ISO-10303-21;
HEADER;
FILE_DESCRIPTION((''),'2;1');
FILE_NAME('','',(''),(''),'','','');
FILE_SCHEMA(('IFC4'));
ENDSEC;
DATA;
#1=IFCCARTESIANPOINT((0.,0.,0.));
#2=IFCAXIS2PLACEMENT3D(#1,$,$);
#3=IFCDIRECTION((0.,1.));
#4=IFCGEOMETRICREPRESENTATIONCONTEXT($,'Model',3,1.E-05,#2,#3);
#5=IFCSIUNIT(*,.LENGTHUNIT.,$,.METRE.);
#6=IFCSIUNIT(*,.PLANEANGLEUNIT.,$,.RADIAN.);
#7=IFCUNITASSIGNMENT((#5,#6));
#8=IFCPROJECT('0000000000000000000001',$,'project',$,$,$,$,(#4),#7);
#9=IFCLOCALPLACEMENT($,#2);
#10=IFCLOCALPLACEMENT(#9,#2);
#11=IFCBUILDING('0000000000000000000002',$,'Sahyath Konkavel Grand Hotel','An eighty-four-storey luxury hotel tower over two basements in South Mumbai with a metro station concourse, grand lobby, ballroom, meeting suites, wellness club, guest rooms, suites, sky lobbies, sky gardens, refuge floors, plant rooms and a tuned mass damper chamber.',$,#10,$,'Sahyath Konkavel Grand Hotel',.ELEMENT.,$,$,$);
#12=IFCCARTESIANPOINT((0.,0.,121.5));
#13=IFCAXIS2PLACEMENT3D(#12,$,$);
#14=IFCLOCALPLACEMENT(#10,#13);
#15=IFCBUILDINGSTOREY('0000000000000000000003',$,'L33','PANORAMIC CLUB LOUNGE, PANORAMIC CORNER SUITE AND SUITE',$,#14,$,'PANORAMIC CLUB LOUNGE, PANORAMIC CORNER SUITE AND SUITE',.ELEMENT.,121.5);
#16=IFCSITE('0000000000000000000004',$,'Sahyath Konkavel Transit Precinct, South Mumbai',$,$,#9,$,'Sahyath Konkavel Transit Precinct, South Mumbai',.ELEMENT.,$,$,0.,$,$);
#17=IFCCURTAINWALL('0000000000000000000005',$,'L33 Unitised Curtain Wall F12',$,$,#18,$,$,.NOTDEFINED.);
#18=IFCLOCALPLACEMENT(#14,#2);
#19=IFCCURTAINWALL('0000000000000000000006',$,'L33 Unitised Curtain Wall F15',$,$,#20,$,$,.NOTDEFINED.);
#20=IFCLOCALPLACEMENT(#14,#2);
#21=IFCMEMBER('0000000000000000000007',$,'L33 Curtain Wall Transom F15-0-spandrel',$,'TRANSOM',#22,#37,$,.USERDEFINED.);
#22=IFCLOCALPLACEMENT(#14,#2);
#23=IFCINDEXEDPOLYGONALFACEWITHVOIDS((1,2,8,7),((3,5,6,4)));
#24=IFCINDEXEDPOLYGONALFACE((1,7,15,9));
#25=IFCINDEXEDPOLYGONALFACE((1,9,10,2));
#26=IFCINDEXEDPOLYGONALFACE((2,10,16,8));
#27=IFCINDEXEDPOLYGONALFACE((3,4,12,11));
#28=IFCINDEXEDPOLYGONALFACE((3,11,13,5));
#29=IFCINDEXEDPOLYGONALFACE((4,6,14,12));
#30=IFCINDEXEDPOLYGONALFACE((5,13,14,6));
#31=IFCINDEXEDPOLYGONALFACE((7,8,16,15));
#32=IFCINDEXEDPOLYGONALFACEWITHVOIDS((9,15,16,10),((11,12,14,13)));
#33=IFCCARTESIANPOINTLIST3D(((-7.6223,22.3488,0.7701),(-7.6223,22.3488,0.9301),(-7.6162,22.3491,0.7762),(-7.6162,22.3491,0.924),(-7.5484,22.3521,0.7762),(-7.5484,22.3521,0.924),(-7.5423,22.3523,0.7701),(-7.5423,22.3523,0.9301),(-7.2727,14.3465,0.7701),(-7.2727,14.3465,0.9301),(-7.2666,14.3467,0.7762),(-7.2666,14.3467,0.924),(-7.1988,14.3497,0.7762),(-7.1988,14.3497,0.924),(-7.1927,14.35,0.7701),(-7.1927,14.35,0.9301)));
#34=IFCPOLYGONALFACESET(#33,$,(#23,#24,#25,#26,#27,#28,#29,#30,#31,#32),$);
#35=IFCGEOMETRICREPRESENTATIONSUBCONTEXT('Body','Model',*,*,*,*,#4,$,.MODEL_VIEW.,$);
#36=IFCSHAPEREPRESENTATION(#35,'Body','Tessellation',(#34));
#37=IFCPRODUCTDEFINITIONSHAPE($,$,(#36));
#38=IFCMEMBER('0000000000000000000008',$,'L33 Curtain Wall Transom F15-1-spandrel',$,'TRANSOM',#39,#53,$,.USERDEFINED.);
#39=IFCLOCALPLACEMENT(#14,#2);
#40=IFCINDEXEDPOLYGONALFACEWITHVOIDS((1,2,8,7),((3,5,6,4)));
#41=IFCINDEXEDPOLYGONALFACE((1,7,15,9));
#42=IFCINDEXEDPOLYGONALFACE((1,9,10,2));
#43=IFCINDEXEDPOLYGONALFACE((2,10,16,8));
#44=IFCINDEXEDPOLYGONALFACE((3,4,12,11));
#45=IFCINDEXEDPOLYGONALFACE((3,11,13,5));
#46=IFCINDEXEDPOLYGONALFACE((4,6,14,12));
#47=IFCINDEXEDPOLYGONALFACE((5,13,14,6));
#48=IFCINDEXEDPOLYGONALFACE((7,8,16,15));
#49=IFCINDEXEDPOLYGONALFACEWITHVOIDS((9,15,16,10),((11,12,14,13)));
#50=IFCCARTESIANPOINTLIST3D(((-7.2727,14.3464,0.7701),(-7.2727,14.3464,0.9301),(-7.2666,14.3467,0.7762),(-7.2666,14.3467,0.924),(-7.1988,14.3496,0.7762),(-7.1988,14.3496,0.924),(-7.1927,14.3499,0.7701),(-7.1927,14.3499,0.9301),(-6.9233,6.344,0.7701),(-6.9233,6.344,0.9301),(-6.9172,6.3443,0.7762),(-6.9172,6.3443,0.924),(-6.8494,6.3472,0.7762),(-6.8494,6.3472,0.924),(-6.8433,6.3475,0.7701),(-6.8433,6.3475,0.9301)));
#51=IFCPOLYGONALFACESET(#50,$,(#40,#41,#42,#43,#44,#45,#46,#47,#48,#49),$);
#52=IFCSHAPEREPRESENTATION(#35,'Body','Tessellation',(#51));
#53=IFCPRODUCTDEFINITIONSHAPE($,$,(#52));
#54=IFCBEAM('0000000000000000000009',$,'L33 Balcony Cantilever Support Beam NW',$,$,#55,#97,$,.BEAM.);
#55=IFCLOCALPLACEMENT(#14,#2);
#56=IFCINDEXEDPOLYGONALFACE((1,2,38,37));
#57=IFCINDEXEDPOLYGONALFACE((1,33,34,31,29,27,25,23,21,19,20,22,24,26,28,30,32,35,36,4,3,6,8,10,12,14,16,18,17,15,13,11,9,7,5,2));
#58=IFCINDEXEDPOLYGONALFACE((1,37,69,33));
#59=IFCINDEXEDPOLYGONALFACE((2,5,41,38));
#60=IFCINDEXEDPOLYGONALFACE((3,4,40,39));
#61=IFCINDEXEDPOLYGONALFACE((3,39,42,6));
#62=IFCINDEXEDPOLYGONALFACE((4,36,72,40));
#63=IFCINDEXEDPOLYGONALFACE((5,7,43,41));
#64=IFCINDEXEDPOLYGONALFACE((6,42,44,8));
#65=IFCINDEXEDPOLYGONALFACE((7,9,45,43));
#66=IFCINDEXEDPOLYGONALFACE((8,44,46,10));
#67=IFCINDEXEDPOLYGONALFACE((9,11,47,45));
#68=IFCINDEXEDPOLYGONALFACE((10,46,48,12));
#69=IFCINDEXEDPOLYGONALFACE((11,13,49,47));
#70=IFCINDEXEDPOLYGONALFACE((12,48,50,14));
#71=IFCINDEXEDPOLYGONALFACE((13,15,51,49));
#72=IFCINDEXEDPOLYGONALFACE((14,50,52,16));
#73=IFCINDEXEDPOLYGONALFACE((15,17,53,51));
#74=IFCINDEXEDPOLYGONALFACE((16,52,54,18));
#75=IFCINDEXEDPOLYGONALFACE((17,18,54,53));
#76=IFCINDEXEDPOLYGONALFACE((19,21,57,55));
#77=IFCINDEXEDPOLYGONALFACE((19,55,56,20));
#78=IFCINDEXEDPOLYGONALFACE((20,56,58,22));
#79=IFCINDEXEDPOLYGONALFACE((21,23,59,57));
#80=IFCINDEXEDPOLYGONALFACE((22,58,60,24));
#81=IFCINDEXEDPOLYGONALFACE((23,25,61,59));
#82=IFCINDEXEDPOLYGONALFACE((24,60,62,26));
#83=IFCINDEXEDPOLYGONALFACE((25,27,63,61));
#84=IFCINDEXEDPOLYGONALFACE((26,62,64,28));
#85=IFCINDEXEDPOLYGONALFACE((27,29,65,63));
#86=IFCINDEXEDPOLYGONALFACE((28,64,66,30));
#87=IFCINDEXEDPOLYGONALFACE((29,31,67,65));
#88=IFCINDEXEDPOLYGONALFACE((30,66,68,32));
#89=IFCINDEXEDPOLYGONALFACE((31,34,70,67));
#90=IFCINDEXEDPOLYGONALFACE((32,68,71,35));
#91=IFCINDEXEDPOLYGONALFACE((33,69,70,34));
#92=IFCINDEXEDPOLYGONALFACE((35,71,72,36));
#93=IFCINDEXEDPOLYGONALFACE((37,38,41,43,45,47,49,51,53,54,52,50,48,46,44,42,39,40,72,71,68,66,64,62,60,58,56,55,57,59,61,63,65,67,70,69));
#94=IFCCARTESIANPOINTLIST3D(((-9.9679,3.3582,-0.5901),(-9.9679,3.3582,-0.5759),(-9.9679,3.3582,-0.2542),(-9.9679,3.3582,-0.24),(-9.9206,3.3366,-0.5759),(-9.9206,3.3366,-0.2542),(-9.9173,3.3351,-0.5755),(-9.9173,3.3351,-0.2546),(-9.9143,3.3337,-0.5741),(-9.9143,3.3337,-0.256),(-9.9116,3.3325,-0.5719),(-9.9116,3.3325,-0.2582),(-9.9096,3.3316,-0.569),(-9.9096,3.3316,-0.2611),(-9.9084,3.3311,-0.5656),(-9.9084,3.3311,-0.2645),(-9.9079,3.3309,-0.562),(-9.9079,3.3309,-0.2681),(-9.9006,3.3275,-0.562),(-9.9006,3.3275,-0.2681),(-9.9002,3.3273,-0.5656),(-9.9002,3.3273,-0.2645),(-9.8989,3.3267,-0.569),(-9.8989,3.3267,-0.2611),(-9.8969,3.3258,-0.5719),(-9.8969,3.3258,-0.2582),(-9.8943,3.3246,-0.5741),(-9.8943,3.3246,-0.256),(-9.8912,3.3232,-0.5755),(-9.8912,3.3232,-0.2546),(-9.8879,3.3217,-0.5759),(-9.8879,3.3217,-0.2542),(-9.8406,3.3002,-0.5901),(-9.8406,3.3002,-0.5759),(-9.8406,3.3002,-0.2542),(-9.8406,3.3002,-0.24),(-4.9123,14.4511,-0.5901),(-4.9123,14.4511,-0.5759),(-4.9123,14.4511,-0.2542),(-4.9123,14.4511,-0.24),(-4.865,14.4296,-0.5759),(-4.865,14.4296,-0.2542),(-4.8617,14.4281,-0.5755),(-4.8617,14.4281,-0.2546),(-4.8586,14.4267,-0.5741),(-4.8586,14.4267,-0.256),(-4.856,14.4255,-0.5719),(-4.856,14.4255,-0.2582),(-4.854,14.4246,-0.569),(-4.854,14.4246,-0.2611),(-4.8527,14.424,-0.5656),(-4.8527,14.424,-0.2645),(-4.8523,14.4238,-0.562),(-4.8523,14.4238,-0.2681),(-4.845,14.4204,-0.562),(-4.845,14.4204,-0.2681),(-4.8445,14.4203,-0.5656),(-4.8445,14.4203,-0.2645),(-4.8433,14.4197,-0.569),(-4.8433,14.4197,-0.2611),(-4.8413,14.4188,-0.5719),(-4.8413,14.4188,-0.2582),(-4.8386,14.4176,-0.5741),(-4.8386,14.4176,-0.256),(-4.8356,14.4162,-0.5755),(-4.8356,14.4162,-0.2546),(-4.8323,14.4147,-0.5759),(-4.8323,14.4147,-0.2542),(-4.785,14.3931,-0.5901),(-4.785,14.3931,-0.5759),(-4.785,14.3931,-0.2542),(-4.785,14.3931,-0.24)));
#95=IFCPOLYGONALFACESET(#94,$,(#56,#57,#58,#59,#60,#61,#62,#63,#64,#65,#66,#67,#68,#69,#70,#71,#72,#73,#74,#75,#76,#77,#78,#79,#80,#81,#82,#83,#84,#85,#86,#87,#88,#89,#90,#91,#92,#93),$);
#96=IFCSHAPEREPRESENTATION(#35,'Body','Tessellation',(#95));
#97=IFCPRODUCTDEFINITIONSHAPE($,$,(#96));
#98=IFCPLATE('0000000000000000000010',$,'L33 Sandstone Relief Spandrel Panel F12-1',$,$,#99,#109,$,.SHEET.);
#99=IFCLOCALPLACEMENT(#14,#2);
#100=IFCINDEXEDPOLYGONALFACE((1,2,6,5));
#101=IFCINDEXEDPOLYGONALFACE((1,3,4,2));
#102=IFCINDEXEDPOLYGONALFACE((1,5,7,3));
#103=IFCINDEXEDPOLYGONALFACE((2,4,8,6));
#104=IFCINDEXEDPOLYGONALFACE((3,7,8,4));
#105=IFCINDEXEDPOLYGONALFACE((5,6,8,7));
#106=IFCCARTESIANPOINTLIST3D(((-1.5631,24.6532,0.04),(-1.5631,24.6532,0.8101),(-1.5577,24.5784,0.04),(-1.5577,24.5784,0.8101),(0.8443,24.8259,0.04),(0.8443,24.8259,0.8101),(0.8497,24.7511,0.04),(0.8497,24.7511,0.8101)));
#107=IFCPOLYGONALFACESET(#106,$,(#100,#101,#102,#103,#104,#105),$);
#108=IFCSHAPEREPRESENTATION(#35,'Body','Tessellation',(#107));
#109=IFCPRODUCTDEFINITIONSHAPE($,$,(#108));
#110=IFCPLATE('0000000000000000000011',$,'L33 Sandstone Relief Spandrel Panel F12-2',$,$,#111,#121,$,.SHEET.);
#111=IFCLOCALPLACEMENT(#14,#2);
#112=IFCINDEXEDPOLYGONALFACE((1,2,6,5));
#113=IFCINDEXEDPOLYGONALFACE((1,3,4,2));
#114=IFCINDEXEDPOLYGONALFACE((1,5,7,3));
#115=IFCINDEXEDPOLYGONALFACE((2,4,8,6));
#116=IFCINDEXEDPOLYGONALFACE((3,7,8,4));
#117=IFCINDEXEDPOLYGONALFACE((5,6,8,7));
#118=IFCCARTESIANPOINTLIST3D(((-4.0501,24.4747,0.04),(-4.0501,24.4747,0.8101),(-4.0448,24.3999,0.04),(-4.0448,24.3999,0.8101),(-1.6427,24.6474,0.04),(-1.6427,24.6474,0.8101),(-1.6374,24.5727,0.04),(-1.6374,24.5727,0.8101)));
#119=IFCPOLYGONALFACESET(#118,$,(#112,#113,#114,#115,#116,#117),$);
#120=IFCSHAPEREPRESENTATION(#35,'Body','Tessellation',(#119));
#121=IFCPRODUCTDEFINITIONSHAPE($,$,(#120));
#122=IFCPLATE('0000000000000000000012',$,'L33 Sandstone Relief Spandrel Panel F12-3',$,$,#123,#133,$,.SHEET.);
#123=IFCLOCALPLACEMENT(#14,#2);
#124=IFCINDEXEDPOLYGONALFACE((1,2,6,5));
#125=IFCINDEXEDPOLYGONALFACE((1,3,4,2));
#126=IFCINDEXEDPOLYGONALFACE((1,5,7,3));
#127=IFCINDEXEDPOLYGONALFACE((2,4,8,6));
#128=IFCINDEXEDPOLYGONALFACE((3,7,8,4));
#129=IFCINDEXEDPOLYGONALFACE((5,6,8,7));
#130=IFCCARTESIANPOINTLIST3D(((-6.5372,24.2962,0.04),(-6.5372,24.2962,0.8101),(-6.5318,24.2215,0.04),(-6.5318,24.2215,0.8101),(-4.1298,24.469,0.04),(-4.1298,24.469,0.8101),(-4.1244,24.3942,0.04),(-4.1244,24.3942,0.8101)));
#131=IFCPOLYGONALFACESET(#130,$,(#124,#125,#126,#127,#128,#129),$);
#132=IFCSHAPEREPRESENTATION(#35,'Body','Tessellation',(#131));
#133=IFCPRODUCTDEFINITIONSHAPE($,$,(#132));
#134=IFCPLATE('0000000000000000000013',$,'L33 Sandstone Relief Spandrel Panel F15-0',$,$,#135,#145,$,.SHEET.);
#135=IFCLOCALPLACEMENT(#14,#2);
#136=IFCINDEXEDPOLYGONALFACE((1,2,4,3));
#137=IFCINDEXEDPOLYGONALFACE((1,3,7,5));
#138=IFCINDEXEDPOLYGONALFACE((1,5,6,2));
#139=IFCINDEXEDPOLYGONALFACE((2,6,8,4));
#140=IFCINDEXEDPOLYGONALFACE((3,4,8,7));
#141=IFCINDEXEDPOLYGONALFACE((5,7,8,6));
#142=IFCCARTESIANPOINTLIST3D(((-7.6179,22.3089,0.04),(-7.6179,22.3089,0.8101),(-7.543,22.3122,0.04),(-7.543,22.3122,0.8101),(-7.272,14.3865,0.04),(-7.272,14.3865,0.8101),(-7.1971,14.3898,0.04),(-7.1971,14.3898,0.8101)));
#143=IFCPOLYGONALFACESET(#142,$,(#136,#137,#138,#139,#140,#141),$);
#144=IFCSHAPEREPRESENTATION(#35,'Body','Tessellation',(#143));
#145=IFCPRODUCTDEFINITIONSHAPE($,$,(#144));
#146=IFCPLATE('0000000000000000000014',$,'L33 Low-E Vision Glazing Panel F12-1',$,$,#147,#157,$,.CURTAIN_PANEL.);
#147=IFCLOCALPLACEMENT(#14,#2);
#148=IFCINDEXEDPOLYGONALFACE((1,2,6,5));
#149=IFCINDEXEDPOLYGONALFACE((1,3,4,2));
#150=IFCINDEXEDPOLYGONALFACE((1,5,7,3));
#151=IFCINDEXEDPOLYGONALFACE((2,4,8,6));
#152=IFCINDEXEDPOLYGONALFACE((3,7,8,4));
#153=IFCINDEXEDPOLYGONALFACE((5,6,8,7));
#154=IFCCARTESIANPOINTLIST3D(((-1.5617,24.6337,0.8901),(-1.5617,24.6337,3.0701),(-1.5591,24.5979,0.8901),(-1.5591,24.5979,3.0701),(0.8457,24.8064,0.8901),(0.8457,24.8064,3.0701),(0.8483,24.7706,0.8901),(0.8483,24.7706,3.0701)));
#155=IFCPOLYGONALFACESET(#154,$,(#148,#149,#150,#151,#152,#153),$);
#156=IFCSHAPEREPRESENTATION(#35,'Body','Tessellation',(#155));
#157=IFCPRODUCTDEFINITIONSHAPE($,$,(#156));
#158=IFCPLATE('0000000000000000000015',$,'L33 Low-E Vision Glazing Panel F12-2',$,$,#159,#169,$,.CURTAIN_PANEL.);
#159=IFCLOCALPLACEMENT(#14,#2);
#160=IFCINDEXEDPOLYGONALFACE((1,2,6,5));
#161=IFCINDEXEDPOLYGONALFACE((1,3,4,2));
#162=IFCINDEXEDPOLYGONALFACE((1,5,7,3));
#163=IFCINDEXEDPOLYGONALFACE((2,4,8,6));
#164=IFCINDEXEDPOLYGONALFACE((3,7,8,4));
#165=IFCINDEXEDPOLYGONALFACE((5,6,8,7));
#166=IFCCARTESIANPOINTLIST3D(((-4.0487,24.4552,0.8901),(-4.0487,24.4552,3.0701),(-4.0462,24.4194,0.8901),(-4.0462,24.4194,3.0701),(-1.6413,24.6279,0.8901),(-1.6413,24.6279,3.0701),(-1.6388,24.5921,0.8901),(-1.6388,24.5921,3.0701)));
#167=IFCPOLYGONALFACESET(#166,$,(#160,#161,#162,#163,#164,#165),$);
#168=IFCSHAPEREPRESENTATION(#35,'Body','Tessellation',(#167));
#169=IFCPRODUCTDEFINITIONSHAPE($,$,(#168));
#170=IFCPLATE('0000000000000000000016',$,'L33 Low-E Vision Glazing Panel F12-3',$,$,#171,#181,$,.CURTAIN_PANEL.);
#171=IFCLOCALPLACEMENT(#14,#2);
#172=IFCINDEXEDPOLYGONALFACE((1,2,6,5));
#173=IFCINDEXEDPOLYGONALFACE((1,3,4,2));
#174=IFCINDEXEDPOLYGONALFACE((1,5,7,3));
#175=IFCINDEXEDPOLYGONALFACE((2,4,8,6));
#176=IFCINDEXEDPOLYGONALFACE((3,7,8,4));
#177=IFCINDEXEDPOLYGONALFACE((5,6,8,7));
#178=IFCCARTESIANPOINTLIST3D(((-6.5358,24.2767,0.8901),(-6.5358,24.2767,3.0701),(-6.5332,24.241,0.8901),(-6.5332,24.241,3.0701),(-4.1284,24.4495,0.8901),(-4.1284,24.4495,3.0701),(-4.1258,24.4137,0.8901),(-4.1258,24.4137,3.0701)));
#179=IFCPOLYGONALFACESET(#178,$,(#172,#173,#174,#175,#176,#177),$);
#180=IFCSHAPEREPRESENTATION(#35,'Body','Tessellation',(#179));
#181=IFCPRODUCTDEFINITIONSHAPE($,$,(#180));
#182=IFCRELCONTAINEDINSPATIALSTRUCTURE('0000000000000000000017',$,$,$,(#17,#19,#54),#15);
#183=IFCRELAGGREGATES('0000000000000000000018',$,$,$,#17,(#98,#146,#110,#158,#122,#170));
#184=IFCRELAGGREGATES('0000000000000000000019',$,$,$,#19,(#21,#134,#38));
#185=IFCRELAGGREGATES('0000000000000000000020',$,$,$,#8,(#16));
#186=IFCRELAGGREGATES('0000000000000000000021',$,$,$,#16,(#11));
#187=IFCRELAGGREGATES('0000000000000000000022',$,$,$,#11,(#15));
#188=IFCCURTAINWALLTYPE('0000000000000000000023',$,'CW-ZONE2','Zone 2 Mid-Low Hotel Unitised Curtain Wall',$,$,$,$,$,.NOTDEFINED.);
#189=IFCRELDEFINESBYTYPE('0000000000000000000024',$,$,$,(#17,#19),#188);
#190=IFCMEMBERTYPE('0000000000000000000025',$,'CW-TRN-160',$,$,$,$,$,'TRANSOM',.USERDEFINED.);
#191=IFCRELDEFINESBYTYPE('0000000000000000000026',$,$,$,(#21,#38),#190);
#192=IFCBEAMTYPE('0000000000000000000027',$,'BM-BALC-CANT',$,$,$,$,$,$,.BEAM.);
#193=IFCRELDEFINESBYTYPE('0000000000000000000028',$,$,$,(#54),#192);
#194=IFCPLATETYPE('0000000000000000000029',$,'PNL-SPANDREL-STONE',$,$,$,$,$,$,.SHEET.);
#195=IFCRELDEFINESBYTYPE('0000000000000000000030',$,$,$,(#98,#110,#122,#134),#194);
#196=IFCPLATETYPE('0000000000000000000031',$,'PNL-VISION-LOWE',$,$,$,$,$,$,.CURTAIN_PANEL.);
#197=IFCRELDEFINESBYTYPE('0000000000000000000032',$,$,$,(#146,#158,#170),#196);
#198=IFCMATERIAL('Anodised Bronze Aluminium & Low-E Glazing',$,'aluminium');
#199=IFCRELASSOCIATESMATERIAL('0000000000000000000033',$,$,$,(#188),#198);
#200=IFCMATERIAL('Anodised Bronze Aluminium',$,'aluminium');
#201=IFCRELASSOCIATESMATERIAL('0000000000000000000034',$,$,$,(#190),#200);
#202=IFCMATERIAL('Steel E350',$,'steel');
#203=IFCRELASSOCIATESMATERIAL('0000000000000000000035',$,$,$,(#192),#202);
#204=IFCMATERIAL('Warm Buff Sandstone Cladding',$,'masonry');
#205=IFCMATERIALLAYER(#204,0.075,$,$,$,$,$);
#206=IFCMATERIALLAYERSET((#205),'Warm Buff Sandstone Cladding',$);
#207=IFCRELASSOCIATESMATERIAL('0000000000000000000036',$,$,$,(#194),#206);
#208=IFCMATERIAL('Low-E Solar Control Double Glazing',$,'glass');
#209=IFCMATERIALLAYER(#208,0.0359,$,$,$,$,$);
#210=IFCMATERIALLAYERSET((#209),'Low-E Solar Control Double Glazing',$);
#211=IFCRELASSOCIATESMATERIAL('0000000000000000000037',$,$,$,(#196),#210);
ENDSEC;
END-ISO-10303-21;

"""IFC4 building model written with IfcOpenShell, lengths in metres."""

from ifc_helpers import new_model, si_unit, direction, frame, origin, origin_2d, place, context, subcontext, project, spatial, rectangle, hollow_rectangle, i_section, extrude, source, transform, mapped, material, layer, layer_set, material_profile, profile_set, type_object, element, aggregate, save


model = new_model("IFC4")

# Units and contexts
model_context = context("Model", 3, precision=1e-05, world=origin(), true_north=direction((0.0, 1.0)))
body_context = subcontext(model_context, "Body", "Model", "MODEL_VIEW")
ifc_project = project(units=[si_unit("LENGTHUNIT", "METRE"), si_unit("PLANEANGLEUNIT", "RADIAN")], contexts=[model_context])

# Site, building, storey
site_placement = place(None, origin())
site = spatial("IfcSite", under=ifc_project, at=site_placement, Name="Sahyath Konkavel Transit Precinct, South Mumbai", LongName="Sahyath Konkavel Transit Precinct, South Mumbai", CompositionType="ELEMENT", RefElevation=0.0)
building_placement = place(site_placement, origin())
building = spatial("IfcBuilding", under=site, at=building_placement, Name="Sahyath Konkavel Grand Hotel", Description="An eighty-four-storey luxury hotel tower over two basements in South Mumbai with a metro station concourse, grand lobby, ballroom, meeting suites, wellness club, guest rooms, suites, sky lobbies, sky gardens, refuge floors, plant rooms and a tuned mass damper chamber.", LongName="Sahyath Konkavel Grand Hotel", CompositionType="ELEMENT")
storey_placement = place(building_placement, frame((0.0, 0.0, 121.5)))
storey = spatial("IfcBuildingStorey", under=building, at=storey_placement, Name="L33", Description="PANORAMIC CLUB LOUNGE, PANORAMIC CORNER SUITE AND SUITE", LongName="PANORAMIC CLUB LOUNGE, PANORAMIC CORNER SUITE AND SUITE", CompositionType="ELEMENT", Elevation=121.5)

# Shared definitions
ifc_material_1 = material(Name="Steel E350", Category="steel")

# Curtain wall
ifc_material_2 = material(Name="Anodised Bronze Aluminium & Low-E Glazing", Category="aluminium")
curtain_wall_type = type_object("IfcCurtainWallType", Name="CW-ZONE2", Description="Zone 2 Mid-Low Hotel Unitised Curtain Wall", PredefinedType="NOTDEFINED", material=ifc_material_2)
curtain_wall_1_placement = place(storey_placement, origin())
curtain_wall_1 = element("IfcCurtainWall", 1, at=curtain_wall_1_placement, inside=storey, type_object=curtain_wall_type, Name="L33 Unitised Curtain Wall F12", PredefinedType="NOTDEFINED")
ifc_material_3 = material(Name="Anodised Bronze Aluminium", Category="aluminium")

# Curtain wall
curtain_wall_2_placement = place(storey_placement, origin())
curtain_wall_2 = element("IfcCurtainWall", 2, at=curtain_wall_2_placement, inside=storey, type_object=curtain_wall_type, Name="L33 Unitised Curtain Wall F15", PredefinedType="NOTDEFINED")

# Members
ifc_material_profile_1 = material_profile(ifc_material_3, hollow_rectangle(XDim=0.0801, YDim=0.1599, WallThickness=0.0061, at=origin_2d()), Name="RHS 160x80x6")
ifc_profile_set_1 = profile_set([ifc_material_profile_1], Name="Anodised Bronze Aluminium")
member_type_1 = type_object("IfcMemberType", Name="CW-TRN-160", ElementType="TRANSOM", PredefinedType="USERDEFINED", material=ifc_profile_set_1)
shared_shape_1 = source(origin(), body_context, "Body", "SweptSolid", [
    extrude(hollow_rectangle(XDim=0.0801, YDim=0.1599, WallThickness=0.0061, at=origin_2d()), origin(), (0.0, 0.0, 1.0), 8.01),
])
member_1_placement = place(storey_placement, frame((-7.5823, 22.3506, 0.8501), z_axis=(0.043646, -0.999047, 0.0), x_axis=(0.999047, 0.043646, 0.0)))
member_1 = element("IfcMember", 3, at=member_1_placement, type_object=member_type_1, Name="L33 Curtain Wall Transom F15-0-spandrel", ObjectType="TRANSOM", PredefinedType="USERDEFINED", context=body_context, shape_type="MappedRepresentation", body=[
    mapped(shared_shape_1, transform((0.0, 0.0, 0.0), scale=1.0)),
])
member_2_placement = place(storey_placement, frame((-7.2327, 14.3481, 0.8501), z_axis=(0.043616, -0.999048, 0.0), x_axis=(0.999048, 0.043616, 0.0)))
member_2 = element("IfcMember", 4, at=member_2_placement, type_object=member_type_1, Name="L33 Curtain Wall Transom F15-1-spandrel", ObjectType="TRANSOM", PredefinedType="USERDEFINED", context=body_context, shape_type="MappedRepresentation", body=[
    mapped(shared_shape_1, transform((0.0, 0.0, 0.0), scale=1.0)),
])

# Beam
ifc_material_profile_2 = material_profile(ifc_material_1, i_section(OverallWidth=0.1399, OverallDepth=0.3501, WebThickness=0.0081, FlangeThickness=0.0142, FilletRadius=0.0139, at=origin_2d()), Name="ISMB 350")
ifc_profile_set_2 = profile_set([ifc_material_profile_2], Name="Steel E350")
beam_type_1 = type_object("IfcBeamType", Name="BM-BALC-CANT", PredefinedType="BEAM", material=ifc_profile_set_2)
shared_shape_2 = source(origin(), body_context, "Body", "SweptSolid", [
    extrude(i_section(OverallWidth=0.1399, OverallDepth=0.3501, WebThickness=0.0081, FlangeThickness=0.0142, FilletRadius=0.0139, at=origin_2d()), origin(), (0.0, 0.0, 1.0), 12.1907),
])
beam_1_placement = place(storey_placement, frame((-4.8486, 14.4221, -0.415), z_axis=(-0.414713, -0.909952, 0.0), x_axis=(0.909952, -0.414713, 0.0)))
element("IfcBeam", 5, at=beam_1_placement, inside=storey, type_object=beam_type_1, Name="L33 Balcony Cantilever Support Beam NW", PredefinedType="BEAM", context=body_context, shape_type="MappedRepresentation", body=[
    mapped(shared_shape_2, transform((0.0, 0.0, 0.0), scale=1.0)),
])

# Plates
ifc_material_4 = material(Name="Warm Buff Sandstone Cladding", Category="masonry")
ifc_layer_1 = layer(ifc_material_4, 0.075)
ifc_layer_set_1 = layer_set([ifc_layer_1], Name="Warm Buff Sandstone Cladding")
plate_type_1 = type_object("IfcPlateType", Name="PNL-SPANDREL-STONE", PredefinedType="SHEET", material=ifc_layer_set_1)
shared_shape_3 = source(origin(), body_context, "Body", "SweptSolid", [
    extrude(rectangle(XDim=2.4136, YDim=0.075, at=origin_2d()), origin(), (0.0, 0.0, 1.0), 0.77),
])
plate_1_placement = place(storey_placement, frame((-0.3567, 24.7021, 0.04), z_axis=(0.0, 0.0, 1.0), x_axis=(-0.997436, -0.071567, 0.0)))
plate_1 = element("IfcPlate", 6, at=plate_1_placement, type_object=plate_type_1, Name="L33 Sandstone Relief Spandrel Panel F12-1", PredefinedType="SHEET", context=body_context, shape_type="MappedRepresentation", body=[
    mapped(shared_shape_3, transform((0.0, 0.0, 0.0), scale=1.0)),
])
plate_2_placement = place(storey_placement, frame((-2.8438, 24.5237, 0.04), z_axis=(0.0, 0.0, 1.0), x_axis=(-0.997436, -0.071567, 0.0)))
plate_2 = element("IfcPlate", 7, at=plate_2_placement, type_object=plate_type_1, Name="L33 Sandstone Relief Spandrel Panel F12-2", PredefinedType="SHEET", context=body_context, shape_type="MappedRepresentation", body=[
    mapped(shared_shape_3, transform((0.0, 0.0, 0.0), scale=1.0)),
])
plate_3_placement = place(storey_placement, frame((-5.3308, 24.3452, 0.04), z_axis=(0.0, 0.0, 1.0), x_axis=(-0.997436, -0.071567, 0.0)))
plate_3 = element("IfcPlate", 8, at=plate_3_placement, type_object=plate_type_1, Name="L33 Sandstone Relief Spandrel Panel F12-3", PredefinedType="SHEET", context=body_context, shape_type="MappedRepresentation", body=[
    mapped(shared_shape_3, transform((0.0, 0.0, 0.0), scale=1.0)),
])
shared_shape_4 = source(origin(), body_context, "Body", "SweptSolid", [
    extrude(rectangle(XDim=7.9299, YDim=0.075, at=origin_2d()), origin(), (0.0, 0.0, 1.0), 0.77),
])
plate_4_placement = place(storey_placement, frame((-7.4075, 18.3494, 0.04), z_axis=(0.0, 0.0, 1.0), x_axis=(0.043619, -0.999048, 0.0)))
plate_4 = element("IfcPlate", 9, at=plate_4_placement, type_object=plate_type_1, Name="L33 Sandstone Relief Spandrel Panel F15-0", PredefinedType="SHEET", context=body_context, shape_type="MappedRepresentation", body=[
    mapped(shared_shape_4, transform((0.0, 0.0, 0.0), scale=1.0)),
])
ifc_material_5 = material(Name="Low-E Solar Control Double Glazing", Category="glass")
ifc_layer_2 = layer(ifc_material_5, 0.0359)
ifc_layer_set_2 = layer_set([ifc_layer_2], Name="Low-E Solar Control Double Glazing")
plate_type_2 = type_object("IfcPlateType", Name="PNL-VISION-LOWE", PredefinedType="CURTAIN_PANEL", material=ifc_layer_set_2)
shared_shape_5 = source(origin(), body_context, "Body", "SweptSolid", [
    extrude(rectangle(XDim=2.4136, YDim=0.0359, at=origin_2d()), origin(), (0.0, 0.0, 1.0), 2.1799),
])
plate_5_placement = place(storey_placement, frame((-0.3567, 24.7021, 0.8901), z_axis=(0.0, 0.0, 1.0), x_axis=(-0.997436, -0.071567, 0.0)))
plate_5 = element("IfcPlate", 10, at=plate_5_placement, type_object=plate_type_2, Name="L33 Low-E Vision Glazing Panel F12-1", PredefinedType="CURTAIN_PANEL", context=body_context, shape_type="MappedRepresentation", body=[
    mapped(shared_shape_5, transform((0.0, 0.0, 0.0), scale=1.0)),
])
plate_6_placement = place(storey_placement, frame((-2.8438, 24.5237, 0.8901), z_axis=(0.0, 0.0, 1.0), x_axis=(-0.997436, -0.071567, 0.0)))
plate_6 = element("IfcPlate", 11, at=plate_6_placement, type_object=plate_type_2, Name="L33 Low-E Vision Glazing Panel F12-2", PredefinedType="CURTAIN_PANEL", context=body_context, shape_type="MappedRepresentation", body=[
    mapped(shared_shape_5, transform((0.0, 0.0, 0.0), scale=1.0)),
])
plate_7_placement = place(storey_placement, frame((-5.3308, 24.3452, 0.8901), z_axis=(0.0, 0.0, 1.0), x_axis=(-0.997436, -0.071567, 0.0)))
plate_7 = element("IfcPlate", 12, at=plate_7_placement, type_object=plate_type_2, Name="L33 Low-E Vision Glazing Panel F12-3", PredefinedType="CURTAIN_PANEL", context=body_context, shape_type="MappedRepresentation", body=[
    mapped(shared_shape_5, transform((0.0, 0.0, 0.0), scale=1.0)),
])
aggregate(curtain_wall_1, [plate_1, plate_5, plate_2, plate_6, plate_3, plate_7])
aggregate(curtain_wall_2, [member_1, plate_4, member_2])

save(model, "model.ifc")
